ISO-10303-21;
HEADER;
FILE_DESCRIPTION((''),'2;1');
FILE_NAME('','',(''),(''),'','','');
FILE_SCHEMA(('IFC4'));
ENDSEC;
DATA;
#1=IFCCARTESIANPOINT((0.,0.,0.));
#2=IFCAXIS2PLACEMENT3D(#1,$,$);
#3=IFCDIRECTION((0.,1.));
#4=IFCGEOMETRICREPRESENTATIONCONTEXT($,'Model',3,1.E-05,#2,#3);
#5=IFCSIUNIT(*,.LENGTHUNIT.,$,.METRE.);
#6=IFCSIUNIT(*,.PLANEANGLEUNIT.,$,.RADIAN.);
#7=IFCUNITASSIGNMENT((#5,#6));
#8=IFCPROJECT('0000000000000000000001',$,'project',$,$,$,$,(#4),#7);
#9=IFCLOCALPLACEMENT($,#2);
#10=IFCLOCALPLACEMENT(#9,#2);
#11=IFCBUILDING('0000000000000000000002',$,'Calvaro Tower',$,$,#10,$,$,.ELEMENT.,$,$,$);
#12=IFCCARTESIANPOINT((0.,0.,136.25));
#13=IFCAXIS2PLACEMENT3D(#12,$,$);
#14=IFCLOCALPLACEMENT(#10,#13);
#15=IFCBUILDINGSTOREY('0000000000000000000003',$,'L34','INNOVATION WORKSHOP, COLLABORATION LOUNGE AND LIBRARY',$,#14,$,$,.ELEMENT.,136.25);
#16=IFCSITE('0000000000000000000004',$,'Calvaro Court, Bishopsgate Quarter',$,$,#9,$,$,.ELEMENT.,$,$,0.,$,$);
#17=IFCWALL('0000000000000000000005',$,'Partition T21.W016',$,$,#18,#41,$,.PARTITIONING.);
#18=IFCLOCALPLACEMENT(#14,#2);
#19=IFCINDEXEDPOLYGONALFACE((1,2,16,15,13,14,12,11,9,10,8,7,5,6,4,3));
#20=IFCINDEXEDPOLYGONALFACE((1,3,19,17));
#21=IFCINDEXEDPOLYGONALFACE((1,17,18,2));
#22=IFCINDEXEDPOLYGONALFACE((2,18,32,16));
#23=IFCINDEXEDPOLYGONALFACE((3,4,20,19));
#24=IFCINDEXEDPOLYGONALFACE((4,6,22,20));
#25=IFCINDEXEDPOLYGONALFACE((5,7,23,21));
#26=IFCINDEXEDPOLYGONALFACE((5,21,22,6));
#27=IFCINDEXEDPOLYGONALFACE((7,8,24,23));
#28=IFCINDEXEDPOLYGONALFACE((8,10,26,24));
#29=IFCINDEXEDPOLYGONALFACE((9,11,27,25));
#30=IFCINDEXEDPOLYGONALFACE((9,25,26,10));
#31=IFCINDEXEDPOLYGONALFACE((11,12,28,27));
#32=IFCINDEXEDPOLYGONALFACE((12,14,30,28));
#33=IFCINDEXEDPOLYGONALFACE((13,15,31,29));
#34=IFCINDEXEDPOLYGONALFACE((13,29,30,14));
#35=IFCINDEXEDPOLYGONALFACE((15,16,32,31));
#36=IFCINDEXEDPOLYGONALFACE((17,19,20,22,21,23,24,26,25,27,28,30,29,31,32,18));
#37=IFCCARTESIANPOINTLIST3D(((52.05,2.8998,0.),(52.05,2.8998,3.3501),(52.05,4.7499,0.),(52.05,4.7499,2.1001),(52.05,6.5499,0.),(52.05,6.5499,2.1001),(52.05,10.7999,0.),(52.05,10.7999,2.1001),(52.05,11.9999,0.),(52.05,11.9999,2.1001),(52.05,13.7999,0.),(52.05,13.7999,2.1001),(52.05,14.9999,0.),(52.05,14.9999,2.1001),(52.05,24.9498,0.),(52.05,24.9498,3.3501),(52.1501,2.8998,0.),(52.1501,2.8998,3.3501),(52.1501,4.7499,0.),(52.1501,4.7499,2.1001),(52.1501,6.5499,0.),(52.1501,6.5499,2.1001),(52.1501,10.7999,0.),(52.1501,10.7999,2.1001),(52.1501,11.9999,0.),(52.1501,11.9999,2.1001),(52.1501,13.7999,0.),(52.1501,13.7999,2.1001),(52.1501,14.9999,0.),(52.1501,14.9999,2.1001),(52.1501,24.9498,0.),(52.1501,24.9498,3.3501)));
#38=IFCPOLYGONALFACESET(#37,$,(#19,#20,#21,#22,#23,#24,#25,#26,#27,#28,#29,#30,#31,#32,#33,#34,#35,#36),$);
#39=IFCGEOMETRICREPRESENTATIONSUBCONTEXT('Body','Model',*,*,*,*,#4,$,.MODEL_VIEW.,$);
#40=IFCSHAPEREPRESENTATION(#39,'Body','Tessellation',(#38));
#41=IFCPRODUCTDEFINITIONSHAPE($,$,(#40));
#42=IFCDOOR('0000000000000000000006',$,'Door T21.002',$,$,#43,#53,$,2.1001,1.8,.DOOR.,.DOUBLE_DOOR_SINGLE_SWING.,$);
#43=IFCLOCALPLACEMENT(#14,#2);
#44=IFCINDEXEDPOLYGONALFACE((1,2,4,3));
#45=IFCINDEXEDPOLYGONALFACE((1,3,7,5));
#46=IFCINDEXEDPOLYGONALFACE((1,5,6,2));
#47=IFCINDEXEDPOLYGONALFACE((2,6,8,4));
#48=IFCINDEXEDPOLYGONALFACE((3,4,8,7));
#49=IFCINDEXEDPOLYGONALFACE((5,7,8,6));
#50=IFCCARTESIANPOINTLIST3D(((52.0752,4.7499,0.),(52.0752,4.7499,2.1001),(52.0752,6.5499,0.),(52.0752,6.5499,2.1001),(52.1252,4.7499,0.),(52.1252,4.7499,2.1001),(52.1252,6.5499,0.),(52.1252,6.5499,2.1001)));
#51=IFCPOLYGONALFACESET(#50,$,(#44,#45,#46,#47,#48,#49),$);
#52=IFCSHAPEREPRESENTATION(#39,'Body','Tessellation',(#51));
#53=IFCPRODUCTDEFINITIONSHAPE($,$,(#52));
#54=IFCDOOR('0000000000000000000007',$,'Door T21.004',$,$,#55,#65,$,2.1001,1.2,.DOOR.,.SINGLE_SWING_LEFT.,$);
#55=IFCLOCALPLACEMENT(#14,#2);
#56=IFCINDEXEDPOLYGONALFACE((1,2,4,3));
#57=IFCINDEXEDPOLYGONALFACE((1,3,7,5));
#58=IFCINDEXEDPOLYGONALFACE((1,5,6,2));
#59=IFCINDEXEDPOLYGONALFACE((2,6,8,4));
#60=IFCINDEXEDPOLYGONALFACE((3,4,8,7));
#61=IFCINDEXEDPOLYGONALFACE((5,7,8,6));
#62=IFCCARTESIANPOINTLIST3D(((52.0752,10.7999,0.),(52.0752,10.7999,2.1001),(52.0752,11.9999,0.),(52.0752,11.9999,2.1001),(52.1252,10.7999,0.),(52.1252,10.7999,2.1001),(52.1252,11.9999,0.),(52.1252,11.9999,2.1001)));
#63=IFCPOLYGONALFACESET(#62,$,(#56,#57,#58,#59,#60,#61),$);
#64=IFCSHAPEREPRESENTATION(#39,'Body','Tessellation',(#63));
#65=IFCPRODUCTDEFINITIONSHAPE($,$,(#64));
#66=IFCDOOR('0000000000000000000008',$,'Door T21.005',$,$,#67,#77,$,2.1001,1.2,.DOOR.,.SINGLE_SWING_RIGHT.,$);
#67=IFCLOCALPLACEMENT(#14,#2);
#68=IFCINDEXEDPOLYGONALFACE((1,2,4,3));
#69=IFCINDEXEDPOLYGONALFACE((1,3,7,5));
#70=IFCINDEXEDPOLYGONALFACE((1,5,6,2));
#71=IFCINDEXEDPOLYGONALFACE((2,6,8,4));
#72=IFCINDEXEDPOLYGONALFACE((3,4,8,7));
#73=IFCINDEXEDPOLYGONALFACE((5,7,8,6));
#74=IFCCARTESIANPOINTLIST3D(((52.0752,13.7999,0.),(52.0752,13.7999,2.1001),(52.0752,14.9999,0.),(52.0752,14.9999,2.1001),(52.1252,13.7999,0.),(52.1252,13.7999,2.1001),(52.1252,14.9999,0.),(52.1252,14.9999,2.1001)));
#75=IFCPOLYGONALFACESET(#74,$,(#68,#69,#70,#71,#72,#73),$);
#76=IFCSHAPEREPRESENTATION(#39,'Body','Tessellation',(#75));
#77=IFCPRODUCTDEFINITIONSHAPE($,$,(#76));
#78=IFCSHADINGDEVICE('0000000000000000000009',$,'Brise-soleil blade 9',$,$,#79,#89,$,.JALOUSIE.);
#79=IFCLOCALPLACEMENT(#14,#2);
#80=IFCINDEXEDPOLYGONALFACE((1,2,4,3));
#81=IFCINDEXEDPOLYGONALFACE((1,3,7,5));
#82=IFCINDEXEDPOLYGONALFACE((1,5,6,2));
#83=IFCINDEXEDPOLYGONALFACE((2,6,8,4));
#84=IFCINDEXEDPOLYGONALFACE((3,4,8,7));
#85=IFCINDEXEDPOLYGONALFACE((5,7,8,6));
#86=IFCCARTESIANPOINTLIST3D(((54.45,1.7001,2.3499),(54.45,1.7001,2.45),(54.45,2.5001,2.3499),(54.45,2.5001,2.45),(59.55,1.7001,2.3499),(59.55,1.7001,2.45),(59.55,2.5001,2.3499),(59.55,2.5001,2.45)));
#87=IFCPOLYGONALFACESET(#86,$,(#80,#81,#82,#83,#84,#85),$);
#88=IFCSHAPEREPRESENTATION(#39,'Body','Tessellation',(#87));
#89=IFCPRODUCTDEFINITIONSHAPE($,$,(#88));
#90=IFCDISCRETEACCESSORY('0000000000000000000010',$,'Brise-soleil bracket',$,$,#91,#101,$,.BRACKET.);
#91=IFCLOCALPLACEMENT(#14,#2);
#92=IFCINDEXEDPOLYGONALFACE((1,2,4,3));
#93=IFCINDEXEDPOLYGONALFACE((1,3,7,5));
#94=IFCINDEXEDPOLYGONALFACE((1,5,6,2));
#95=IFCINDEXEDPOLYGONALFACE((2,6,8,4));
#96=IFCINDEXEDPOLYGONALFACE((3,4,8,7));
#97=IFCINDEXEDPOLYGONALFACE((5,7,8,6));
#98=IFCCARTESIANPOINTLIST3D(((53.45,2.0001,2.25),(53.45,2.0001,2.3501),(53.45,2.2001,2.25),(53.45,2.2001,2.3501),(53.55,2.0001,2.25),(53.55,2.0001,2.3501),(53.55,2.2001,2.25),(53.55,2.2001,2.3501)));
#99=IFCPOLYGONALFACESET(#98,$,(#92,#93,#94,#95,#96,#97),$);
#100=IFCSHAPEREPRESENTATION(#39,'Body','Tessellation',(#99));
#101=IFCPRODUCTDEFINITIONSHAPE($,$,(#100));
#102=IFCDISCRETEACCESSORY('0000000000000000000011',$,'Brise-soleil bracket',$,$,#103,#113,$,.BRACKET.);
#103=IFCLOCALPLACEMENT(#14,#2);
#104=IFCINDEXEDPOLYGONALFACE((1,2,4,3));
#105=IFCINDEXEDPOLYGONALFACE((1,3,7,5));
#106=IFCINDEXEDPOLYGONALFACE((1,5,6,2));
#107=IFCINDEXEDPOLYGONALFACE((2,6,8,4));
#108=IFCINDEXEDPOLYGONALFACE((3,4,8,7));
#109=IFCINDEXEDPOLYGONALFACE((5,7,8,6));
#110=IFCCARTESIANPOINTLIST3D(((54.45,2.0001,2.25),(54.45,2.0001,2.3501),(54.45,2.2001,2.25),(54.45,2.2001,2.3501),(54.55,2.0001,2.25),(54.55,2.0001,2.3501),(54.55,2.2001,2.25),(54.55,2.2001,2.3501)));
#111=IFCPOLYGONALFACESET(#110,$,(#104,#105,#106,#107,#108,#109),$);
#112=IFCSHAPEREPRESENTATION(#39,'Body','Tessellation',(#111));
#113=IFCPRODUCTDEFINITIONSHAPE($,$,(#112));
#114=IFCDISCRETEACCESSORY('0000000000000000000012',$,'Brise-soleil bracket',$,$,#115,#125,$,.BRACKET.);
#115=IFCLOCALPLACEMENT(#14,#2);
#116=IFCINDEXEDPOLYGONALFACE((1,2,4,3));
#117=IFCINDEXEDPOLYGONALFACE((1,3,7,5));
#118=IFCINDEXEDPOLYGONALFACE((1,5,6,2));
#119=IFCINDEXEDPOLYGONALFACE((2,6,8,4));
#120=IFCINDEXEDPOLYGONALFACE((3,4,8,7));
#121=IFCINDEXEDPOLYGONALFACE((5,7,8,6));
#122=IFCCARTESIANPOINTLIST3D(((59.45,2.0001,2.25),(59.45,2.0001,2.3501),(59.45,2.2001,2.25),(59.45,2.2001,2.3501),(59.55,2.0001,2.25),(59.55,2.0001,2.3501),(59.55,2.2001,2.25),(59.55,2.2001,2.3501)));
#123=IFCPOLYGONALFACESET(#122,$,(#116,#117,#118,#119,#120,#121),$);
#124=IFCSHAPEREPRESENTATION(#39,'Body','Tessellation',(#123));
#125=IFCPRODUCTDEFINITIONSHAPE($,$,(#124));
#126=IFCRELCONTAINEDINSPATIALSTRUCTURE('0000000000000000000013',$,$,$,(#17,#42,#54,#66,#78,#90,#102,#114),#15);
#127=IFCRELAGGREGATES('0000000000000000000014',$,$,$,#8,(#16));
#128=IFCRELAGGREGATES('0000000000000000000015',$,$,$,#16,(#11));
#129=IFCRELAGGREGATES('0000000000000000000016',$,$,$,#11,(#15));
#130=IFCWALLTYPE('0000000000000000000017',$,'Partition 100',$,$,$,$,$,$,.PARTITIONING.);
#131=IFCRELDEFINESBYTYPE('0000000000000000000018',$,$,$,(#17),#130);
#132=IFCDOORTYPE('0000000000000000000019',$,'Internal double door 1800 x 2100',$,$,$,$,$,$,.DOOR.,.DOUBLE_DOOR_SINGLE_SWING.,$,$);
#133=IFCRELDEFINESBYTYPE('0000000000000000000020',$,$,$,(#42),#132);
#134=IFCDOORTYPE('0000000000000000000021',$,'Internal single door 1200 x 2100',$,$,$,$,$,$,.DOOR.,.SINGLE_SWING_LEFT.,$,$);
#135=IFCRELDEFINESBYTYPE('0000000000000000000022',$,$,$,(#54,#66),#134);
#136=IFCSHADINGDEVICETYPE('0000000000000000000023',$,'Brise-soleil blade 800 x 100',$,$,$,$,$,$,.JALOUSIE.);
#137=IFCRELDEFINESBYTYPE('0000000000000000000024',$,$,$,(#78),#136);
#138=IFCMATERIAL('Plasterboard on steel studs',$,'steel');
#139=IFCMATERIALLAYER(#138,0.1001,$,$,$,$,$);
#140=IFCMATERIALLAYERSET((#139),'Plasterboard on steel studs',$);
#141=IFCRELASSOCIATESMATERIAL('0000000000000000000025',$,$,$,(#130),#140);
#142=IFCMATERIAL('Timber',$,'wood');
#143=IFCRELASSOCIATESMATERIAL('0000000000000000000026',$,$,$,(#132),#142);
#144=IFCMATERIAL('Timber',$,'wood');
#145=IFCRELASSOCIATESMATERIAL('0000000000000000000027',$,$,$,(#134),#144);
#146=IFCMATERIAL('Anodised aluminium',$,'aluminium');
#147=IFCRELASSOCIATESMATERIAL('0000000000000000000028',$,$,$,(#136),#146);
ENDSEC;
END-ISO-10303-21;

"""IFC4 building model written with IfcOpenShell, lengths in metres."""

from ifc_helpers import new_model, si_unit, direction, frame, frame_2d, origin, origin_2d, place, context, subcontext, project, spatial, rectangle, extrude, material, layer, layer_set, material_profile, profile_set, type_object, element, fill, save


model = new_model("IFC4")

# Units and contexts
model_context = context("Model", 3, precision=1e-05, world=origin(), true_north=direction((0.0, 1.0)))
body_context = subcontext(model_context, "Body", "Model", "MODEL_VIEW")
ifc_project = project(units=[si_unit("LENGTHUNIT", "METRE"), si_unit("PLANEANGLEUNIT", "RADIAN")], contexts=[model_context])

# Site, building, storey
site_placement = place(None, origin())
site = spatial("IfcSite", under=ifc_project, at=site_placement, Name="Calvaro Court, Bishopsgate Quarter", CompositionType="ELEMENT", RefElevation=0.0)
building_placement = place(site_placement, origin())
building = spatial("IfcBuilding", under=site, at=building_placement, Name="Calvaro Tower", CompositionType="ELEMENT")
storey_placement = place(building_placement, frame((0.0, 0.0, 136.25)))
storey = spatial("IfcBuildingStorey", under=building, at=storey_placement, Name="L34", Description="INNOVATION WORKSHOP, COLLABORATION LOUNGE AND LIBRARY", CompositionType="ELEMENT", Elevation=136.25)

# Wall, openings, doors
ifc_material_1 = material(Name="Plasterboard on steel studs", Category="steel")
ifc_layer_1 = layer(ifc_material_1, 0.1001)
ifc_layer_set_1 = layer_set([ifc_layer_1], Name="Plasterboard on steel studs")
wall_type = type_object("IfcWallType", Name="Partition 100", PredefinedType="PARTITIONING", material=ifc_layer_set_1)
wall_placement = place(storey_placement, frame((52.1001, 2.8999, 0.0), z_axis=(0.0, 0.0, 1.0), x_axis=(0.0, 1.0, 0.0)))
wall = element("IfcWall", 1, at=wall_placement, inside=storey, type_object=wall_type, Name="Partition T21.W016", PredefinedType="PARTITIONING", context=body_context, shape_type="SweptSolid", body=[
    extrude(rectangle(XDim=22.05, YDim=0.1001, at=frame_2d((11.0249, 0.0))), origin(), (0.0, 0.0, 1.0), 3.3501),
])
opening_1_placement = place(wall_placement, frame((1.8501, 0.0, 0.0)))
opening_1 = element("IfcOpeningElement", 2, at=opening_1_placement, cuts=wall, PredefinedType="OPENING", context=body_context, shape_type="SweptSolid", body=[
    extrude(rectangle(XDim=1.8, YDim=2.1001, at=frame_2d((0.8999, 1.05))), frame((0.0, 0.0601, 0.0), z_axis=(0.0, -1.0, 0.0), x_axis=(1.0, 0.0, 0.0)), (0.0, 0.0, 1.0), 0.1201),
])
opening_2_placement = place(wall_placement, frame((7.8999, 0.0, 0.0)))
opening_2 = element("IfcOpeningElement", 3, at=opening_2_placement, cuts=wall, PredefinedType="OPENING", context=body_context, shape_type="SweptSolid", body=[
    extrude(rectangle(XDim=1.2, YDim=2.1001, at=frame_2d((0.6001, 1.05))), frame((0.0, 0.0601, 0.0), z_axis=(0.0, -1.0, 0.0), x_axis=(1.0, 0.0, 0.0)), (0.0, 0.0, 1.0), 0.1201),
])
opening_3_placement = place(wall_placement, frame((10.8999, 0.0, 0.0)))
opening_3 = element("IfcOpeningElement", 4, at=opening_3_placement, cuts=wall, PredefinedType="OPENING", context=body_context, shape_type="SweptSolid", body=[
    extrude(rectangle(XDim=1.2, YDim=2.1001, at=frame_2d((0.6001, 1.05))), frame((0.0, 0.0601, 0.0), z_axis=(0.0, -1.0, 0.0), x_axis=(1.0, 0.0, 0.0)), (0.0, 0.0, 1.0), 0.1201),
])
ifc_material_2 = material(Name="Timber", Category="wood")
door_type_1 = type_object("IfcDoorType", Name="Internal double door 1800 x 2100", OperationType="DOUBLE_DOOR_SINGLE_SWING", PredefinedType="DOOR", material=ifc_material_2)
door_1_placement = place(opening_1_placement, origin())
door_1 = element("IfcDoor", 5, at=door_1_placement, inside=storey, type_object=door_type_1, Name="Door T21.002", OperationType="DOUBLE_DOOR_SINGLE_SWING", OverallHeight=2.1001, OverallWidth=1.8, PredefinedType="DOOR", context=body_context, shape_type="SweptSolid", body=[
    extrude(rectangle(XDim=1.8, YDim=2.1001, at=frame_2d((0.8999, 1.05))), frame((0.0, 0.0249, 0.0), z_axis=(0.0, -1.0, 0.0), x_axis=(1.0, 0.0, 0.0)), (0.0, 0.0, 1.0), 0.05),
])
fill(opening_1, door_1)
ifc_material_3 = material(Name="Timber", Category="wood")
door_type_2 = type_object("IfcDoorType", Name="Internal single door 1200 x 2100", OperationType="SINGLE_SWING_LEFT", PredefinedType="DOOR", material=ifc_material_3)
door_2_placement = place(opening_2_placement, origin())
door_2 = element("IfcDoor", 6, at=door_2_placement, inside=storey, type_object=door_type_2, Name="Door T21.004", OperationType="SINGLE_SWING_LEFT", OverallHeight=2.1001, OverallWidth=1.2, PredefinedType="DOOR", context=body_context, shape_type="SweptSolid", body=[
    extrude(rectangle(XDim=1.2, YDim=2.1001, at=frame_2d((0.6001, 1.05))), frame((0.0, 0.0249, 0.0), z_axis=(0.0, -1.0, 0.0), x_axis=(1.0, 0.0, 0.0)), (0.0, 0.0, 1.0), 0.05),
])
fill(opening_2, door_2)
door_3_placement = place(opening_3_placement, origin())
door_3 = element("IfcDoor", 7, at=door_3_placement, inside=storey, type_object=door_type_2, Name="Door T21.005", OperationType="SINGLE_SWING_RIGHT", OverallHeight=2.1001, OverallWidth=1.2, PredefinedType="DOOR", context=body_context, shape_type="SweptSolid", body=[
    extrude(rectangle(XDim=1.2, YDim=2.1001, at=frame_2d((0.6001, 1.05))), frame((0.0, 0.0249, 0.0), z_axis=(0.0, -1.0, 0.0), x_axis=(1.0, 0.0, 0.0)), (0.0, 0.0, 1.0), 0.05),
])
fill(opening_3, door_3)

# Shading device
ifc_material_4 = material(Name="Anodised aluminium", Category="aluminium")
ifc_material_profile_1 = material_profile(ifc_material_4, rectangle(XDim=0.8, YDim=0.1001, at=origin_2d()), Name="Brise-soleil blade 800 x 100")
ifc_profile_set_1 = profile_set([ifc_material_profile_1], Name="Anodised aluminium")
shading_device_type = type_object("IfcShadingDeviceType", Name="Brise-soleil blade 800 x 100", PredefinedType="JALOUSIE", material=ifc_profile_set_1)
shading_device_placement = place(storey_placement, frame((54.45, 2.1001, 2.3999), z_axis=(1.0, 0.0, 0.0), x_axis=(0.0, 1.0, 0.0)))
element("IfcShadingDevice", 8, at=shading_device_placement, inside=storey, type_object=shading_device_type, Name="Brise-soleil blade 9", PredefinedType="JALOUSIE", context=body_context, shape_type="SweptSolid", body=[
    extrude(rectangle(XDim=0.8, YDim=0.1001, at=origin_2d()), origin(), (0.0, 0.0, 1.0), 5.1001),
])

# Discrete accessories
for number, where, z_axis, x_axis, name in (
    (9, (53.5, 2.1001, 2.25), (0.0, 0.0, 1.0), (1.0, 0.0, 0.0), "Brise-soleil bracket"),
    (10, (54.5, 2.1001, 2.25), (0.0, 0.0, 1.0), (1.0, 0.0, 0.0), "Brise-soleil bracket"),
    (11, (59.5, 2.1001, 2.25), (0.0, 0.0, 1.0), (1.0, 0.0, 0.0), "Brise-soleil bracket"),
):
    element("IfcDiscreteAccessory", number, at=place(storey_placement, frame(where, z_axis=z_axis, x_axis=x_axis)), inside=storey, Name=name, PredefinedType="BRACKET", context=body_context, shape_type="SweptSolid", body=[
        extrude(rectangle(XDim=0.1001, YDim=0.2, at=origin_2d()), origin(), (0.0, 0.0, 1.0), 0.1001),
    ])

save(model, "model.ifc")
